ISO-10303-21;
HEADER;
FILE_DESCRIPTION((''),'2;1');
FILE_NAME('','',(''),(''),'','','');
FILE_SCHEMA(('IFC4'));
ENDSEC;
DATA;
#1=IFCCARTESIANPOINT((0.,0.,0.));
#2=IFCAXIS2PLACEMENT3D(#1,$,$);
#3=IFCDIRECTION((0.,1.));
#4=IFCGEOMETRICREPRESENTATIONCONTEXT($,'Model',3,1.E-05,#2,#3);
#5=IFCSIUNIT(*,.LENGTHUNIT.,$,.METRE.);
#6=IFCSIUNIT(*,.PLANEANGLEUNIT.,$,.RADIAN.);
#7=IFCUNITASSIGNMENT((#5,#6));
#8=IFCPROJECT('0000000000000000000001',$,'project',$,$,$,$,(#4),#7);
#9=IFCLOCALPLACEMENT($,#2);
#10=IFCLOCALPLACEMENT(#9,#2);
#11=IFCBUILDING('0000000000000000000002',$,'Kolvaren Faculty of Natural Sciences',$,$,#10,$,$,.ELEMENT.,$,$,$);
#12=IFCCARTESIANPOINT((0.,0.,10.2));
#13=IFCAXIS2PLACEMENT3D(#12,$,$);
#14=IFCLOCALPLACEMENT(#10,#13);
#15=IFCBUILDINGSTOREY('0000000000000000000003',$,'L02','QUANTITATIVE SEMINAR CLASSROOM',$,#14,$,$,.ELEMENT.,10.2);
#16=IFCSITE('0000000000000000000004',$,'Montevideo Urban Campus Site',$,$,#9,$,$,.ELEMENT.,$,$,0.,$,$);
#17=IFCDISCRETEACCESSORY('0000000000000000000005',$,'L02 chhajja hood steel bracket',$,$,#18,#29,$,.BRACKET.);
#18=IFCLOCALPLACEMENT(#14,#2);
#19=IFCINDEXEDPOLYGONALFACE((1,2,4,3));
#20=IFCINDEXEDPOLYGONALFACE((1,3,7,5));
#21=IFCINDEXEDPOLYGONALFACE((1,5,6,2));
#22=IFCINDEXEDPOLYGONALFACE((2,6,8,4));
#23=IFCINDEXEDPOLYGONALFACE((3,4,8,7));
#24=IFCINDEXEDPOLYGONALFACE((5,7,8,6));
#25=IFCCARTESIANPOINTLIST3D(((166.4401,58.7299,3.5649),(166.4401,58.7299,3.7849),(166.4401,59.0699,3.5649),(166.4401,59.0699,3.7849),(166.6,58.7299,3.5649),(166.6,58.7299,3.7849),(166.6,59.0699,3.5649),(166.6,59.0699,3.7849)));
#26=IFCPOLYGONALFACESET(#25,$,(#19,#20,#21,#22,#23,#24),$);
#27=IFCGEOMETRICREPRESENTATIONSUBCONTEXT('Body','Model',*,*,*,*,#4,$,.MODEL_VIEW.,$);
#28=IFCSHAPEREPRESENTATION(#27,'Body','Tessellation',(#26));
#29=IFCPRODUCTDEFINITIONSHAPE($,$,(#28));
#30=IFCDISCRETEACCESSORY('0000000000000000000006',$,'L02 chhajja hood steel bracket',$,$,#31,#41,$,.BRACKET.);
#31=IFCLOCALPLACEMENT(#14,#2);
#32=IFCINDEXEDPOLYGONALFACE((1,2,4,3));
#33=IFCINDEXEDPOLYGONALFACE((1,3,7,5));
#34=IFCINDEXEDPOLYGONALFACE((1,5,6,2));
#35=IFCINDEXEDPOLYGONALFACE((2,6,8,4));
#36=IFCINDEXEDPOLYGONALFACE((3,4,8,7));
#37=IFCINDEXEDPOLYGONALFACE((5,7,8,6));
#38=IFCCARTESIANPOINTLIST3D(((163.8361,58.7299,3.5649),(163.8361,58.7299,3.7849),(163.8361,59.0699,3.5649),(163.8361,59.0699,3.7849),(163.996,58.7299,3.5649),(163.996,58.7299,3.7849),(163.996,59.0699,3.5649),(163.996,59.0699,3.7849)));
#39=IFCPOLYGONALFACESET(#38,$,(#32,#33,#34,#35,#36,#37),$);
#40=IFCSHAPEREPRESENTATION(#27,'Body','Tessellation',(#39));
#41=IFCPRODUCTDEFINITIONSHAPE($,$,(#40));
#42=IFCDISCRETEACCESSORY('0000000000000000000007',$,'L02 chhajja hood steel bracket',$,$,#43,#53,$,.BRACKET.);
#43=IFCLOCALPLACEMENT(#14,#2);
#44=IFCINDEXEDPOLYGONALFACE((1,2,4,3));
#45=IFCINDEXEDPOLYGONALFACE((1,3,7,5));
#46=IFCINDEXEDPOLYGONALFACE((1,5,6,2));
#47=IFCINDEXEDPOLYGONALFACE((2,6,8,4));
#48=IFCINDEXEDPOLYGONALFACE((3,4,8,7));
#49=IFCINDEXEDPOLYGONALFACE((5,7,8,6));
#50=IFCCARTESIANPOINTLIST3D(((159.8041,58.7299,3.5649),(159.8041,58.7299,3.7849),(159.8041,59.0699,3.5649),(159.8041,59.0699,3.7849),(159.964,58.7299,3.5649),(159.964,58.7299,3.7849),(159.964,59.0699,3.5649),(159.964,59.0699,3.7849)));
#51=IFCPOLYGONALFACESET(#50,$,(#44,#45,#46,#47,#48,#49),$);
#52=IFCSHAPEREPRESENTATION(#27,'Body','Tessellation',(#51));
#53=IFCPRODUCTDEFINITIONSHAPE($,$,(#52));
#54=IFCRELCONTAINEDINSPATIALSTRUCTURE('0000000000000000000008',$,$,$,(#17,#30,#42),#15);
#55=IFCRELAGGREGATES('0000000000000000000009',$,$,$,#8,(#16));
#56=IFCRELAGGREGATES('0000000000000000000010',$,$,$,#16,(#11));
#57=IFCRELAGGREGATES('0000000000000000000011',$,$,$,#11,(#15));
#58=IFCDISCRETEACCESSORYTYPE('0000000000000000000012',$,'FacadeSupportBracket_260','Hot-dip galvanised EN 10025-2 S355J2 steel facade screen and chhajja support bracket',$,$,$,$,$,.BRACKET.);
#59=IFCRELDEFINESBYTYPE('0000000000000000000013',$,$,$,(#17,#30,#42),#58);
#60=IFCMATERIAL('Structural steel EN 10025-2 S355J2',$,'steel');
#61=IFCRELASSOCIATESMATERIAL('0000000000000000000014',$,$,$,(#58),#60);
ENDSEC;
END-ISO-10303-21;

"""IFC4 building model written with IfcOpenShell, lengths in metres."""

from ifc_helpers import new_model, si_unit, direction, frame, origin, origin_2d, place, context, subcontext, project, spatial, rectangle, extrude, material, type_object, element, save


model = new_model("IFC4")

# Units and contexts
model_context = context("Model", 3, precision=1e-05, world=origin(), true_north=direction((0.0, 1.0)))
body_context = subcontext(model_context, "Body", "Model", "MODEL_VIEW")
ifc_project = project(units=[si_unit("LENGTHUNIT", "METRE"), si_unit("PLANEANGLEUNIT", "RADIAN")], contexts=[model_context])

# Site, building, storey
site_placement = place(None, origin())
site = spatial("IfcSite", under=ifc_project, at=site_placement, Name="Montevideo Urban Campus Site", CompositionType="ELEMENT", RefElevation=0.0)
building_placement = place(site_placement, origin())
building = spatial("IfcBuilding", under=site, at=building_placement, Name="Kolvaren Faculty of Natural Sciences", CompositionType="ELEMENT")
storey_placement = place(building_placement, frame((0.0, 0.0, 10.2)))
storey = spatial("IfcBuildingStorey", under=building, at=storey_placement, Name="L02", Description="QUANTITATIVE SEMINAR CLASSROOM", CompositionType="ELEMENT", Elevation=10.2)

# Discrete accessories
ifc_material_1 = material(Name="Structural steel EN 10025-2 S355J2", Category="steel")
discrete_accessory_type = type_object("IfcDiscreteAccessoryType", Name="FacadeSupportBracket_260", Description="Hot-dip galvanised EN 10025-2 S355J2 steel facade screen and chhajja support bracket", PredefinedType="BRACKET", material=ifc_material_1)
for number, where, z_axis, x_axis, name in (
    (1, (166.52, 58.8999, 3.5649), (0.0, 0.0, 1.0), (-1.0, 0.0, 0.0), "L02 chhajja hood steel bracket"),
    (2, (163.916, 58.8999, 3.5649), (0.0, 0.0, 1.0), (-1.0, 0.0, 0.0), "L02 chhajja hood steel bracket"),
    (3, (159.884, 58.8999, 3.5649), (0.0, 0.0, 1.0), (-1.0, 0.0, 0.0), "L02 chhajja hood steel bracket"),
):
    element("IfcDiscreteAccessory", number, at=place(storey_placement, frame(where, z_axis=z_axis, x_axis=x_axis)), inside=storey, type_object=discrete_accessory_type, Name=name, PredefinedType="BRACKET", context=body_context, shape_type="SweptSolid", body=[
        extrude(rectangle(XDim=0.1599, YDim=0.3401, at=origin_2d()), origin(), (0.0, 0.0, 1.0), 0.22),
    ])

save(model, "model.ifc")
